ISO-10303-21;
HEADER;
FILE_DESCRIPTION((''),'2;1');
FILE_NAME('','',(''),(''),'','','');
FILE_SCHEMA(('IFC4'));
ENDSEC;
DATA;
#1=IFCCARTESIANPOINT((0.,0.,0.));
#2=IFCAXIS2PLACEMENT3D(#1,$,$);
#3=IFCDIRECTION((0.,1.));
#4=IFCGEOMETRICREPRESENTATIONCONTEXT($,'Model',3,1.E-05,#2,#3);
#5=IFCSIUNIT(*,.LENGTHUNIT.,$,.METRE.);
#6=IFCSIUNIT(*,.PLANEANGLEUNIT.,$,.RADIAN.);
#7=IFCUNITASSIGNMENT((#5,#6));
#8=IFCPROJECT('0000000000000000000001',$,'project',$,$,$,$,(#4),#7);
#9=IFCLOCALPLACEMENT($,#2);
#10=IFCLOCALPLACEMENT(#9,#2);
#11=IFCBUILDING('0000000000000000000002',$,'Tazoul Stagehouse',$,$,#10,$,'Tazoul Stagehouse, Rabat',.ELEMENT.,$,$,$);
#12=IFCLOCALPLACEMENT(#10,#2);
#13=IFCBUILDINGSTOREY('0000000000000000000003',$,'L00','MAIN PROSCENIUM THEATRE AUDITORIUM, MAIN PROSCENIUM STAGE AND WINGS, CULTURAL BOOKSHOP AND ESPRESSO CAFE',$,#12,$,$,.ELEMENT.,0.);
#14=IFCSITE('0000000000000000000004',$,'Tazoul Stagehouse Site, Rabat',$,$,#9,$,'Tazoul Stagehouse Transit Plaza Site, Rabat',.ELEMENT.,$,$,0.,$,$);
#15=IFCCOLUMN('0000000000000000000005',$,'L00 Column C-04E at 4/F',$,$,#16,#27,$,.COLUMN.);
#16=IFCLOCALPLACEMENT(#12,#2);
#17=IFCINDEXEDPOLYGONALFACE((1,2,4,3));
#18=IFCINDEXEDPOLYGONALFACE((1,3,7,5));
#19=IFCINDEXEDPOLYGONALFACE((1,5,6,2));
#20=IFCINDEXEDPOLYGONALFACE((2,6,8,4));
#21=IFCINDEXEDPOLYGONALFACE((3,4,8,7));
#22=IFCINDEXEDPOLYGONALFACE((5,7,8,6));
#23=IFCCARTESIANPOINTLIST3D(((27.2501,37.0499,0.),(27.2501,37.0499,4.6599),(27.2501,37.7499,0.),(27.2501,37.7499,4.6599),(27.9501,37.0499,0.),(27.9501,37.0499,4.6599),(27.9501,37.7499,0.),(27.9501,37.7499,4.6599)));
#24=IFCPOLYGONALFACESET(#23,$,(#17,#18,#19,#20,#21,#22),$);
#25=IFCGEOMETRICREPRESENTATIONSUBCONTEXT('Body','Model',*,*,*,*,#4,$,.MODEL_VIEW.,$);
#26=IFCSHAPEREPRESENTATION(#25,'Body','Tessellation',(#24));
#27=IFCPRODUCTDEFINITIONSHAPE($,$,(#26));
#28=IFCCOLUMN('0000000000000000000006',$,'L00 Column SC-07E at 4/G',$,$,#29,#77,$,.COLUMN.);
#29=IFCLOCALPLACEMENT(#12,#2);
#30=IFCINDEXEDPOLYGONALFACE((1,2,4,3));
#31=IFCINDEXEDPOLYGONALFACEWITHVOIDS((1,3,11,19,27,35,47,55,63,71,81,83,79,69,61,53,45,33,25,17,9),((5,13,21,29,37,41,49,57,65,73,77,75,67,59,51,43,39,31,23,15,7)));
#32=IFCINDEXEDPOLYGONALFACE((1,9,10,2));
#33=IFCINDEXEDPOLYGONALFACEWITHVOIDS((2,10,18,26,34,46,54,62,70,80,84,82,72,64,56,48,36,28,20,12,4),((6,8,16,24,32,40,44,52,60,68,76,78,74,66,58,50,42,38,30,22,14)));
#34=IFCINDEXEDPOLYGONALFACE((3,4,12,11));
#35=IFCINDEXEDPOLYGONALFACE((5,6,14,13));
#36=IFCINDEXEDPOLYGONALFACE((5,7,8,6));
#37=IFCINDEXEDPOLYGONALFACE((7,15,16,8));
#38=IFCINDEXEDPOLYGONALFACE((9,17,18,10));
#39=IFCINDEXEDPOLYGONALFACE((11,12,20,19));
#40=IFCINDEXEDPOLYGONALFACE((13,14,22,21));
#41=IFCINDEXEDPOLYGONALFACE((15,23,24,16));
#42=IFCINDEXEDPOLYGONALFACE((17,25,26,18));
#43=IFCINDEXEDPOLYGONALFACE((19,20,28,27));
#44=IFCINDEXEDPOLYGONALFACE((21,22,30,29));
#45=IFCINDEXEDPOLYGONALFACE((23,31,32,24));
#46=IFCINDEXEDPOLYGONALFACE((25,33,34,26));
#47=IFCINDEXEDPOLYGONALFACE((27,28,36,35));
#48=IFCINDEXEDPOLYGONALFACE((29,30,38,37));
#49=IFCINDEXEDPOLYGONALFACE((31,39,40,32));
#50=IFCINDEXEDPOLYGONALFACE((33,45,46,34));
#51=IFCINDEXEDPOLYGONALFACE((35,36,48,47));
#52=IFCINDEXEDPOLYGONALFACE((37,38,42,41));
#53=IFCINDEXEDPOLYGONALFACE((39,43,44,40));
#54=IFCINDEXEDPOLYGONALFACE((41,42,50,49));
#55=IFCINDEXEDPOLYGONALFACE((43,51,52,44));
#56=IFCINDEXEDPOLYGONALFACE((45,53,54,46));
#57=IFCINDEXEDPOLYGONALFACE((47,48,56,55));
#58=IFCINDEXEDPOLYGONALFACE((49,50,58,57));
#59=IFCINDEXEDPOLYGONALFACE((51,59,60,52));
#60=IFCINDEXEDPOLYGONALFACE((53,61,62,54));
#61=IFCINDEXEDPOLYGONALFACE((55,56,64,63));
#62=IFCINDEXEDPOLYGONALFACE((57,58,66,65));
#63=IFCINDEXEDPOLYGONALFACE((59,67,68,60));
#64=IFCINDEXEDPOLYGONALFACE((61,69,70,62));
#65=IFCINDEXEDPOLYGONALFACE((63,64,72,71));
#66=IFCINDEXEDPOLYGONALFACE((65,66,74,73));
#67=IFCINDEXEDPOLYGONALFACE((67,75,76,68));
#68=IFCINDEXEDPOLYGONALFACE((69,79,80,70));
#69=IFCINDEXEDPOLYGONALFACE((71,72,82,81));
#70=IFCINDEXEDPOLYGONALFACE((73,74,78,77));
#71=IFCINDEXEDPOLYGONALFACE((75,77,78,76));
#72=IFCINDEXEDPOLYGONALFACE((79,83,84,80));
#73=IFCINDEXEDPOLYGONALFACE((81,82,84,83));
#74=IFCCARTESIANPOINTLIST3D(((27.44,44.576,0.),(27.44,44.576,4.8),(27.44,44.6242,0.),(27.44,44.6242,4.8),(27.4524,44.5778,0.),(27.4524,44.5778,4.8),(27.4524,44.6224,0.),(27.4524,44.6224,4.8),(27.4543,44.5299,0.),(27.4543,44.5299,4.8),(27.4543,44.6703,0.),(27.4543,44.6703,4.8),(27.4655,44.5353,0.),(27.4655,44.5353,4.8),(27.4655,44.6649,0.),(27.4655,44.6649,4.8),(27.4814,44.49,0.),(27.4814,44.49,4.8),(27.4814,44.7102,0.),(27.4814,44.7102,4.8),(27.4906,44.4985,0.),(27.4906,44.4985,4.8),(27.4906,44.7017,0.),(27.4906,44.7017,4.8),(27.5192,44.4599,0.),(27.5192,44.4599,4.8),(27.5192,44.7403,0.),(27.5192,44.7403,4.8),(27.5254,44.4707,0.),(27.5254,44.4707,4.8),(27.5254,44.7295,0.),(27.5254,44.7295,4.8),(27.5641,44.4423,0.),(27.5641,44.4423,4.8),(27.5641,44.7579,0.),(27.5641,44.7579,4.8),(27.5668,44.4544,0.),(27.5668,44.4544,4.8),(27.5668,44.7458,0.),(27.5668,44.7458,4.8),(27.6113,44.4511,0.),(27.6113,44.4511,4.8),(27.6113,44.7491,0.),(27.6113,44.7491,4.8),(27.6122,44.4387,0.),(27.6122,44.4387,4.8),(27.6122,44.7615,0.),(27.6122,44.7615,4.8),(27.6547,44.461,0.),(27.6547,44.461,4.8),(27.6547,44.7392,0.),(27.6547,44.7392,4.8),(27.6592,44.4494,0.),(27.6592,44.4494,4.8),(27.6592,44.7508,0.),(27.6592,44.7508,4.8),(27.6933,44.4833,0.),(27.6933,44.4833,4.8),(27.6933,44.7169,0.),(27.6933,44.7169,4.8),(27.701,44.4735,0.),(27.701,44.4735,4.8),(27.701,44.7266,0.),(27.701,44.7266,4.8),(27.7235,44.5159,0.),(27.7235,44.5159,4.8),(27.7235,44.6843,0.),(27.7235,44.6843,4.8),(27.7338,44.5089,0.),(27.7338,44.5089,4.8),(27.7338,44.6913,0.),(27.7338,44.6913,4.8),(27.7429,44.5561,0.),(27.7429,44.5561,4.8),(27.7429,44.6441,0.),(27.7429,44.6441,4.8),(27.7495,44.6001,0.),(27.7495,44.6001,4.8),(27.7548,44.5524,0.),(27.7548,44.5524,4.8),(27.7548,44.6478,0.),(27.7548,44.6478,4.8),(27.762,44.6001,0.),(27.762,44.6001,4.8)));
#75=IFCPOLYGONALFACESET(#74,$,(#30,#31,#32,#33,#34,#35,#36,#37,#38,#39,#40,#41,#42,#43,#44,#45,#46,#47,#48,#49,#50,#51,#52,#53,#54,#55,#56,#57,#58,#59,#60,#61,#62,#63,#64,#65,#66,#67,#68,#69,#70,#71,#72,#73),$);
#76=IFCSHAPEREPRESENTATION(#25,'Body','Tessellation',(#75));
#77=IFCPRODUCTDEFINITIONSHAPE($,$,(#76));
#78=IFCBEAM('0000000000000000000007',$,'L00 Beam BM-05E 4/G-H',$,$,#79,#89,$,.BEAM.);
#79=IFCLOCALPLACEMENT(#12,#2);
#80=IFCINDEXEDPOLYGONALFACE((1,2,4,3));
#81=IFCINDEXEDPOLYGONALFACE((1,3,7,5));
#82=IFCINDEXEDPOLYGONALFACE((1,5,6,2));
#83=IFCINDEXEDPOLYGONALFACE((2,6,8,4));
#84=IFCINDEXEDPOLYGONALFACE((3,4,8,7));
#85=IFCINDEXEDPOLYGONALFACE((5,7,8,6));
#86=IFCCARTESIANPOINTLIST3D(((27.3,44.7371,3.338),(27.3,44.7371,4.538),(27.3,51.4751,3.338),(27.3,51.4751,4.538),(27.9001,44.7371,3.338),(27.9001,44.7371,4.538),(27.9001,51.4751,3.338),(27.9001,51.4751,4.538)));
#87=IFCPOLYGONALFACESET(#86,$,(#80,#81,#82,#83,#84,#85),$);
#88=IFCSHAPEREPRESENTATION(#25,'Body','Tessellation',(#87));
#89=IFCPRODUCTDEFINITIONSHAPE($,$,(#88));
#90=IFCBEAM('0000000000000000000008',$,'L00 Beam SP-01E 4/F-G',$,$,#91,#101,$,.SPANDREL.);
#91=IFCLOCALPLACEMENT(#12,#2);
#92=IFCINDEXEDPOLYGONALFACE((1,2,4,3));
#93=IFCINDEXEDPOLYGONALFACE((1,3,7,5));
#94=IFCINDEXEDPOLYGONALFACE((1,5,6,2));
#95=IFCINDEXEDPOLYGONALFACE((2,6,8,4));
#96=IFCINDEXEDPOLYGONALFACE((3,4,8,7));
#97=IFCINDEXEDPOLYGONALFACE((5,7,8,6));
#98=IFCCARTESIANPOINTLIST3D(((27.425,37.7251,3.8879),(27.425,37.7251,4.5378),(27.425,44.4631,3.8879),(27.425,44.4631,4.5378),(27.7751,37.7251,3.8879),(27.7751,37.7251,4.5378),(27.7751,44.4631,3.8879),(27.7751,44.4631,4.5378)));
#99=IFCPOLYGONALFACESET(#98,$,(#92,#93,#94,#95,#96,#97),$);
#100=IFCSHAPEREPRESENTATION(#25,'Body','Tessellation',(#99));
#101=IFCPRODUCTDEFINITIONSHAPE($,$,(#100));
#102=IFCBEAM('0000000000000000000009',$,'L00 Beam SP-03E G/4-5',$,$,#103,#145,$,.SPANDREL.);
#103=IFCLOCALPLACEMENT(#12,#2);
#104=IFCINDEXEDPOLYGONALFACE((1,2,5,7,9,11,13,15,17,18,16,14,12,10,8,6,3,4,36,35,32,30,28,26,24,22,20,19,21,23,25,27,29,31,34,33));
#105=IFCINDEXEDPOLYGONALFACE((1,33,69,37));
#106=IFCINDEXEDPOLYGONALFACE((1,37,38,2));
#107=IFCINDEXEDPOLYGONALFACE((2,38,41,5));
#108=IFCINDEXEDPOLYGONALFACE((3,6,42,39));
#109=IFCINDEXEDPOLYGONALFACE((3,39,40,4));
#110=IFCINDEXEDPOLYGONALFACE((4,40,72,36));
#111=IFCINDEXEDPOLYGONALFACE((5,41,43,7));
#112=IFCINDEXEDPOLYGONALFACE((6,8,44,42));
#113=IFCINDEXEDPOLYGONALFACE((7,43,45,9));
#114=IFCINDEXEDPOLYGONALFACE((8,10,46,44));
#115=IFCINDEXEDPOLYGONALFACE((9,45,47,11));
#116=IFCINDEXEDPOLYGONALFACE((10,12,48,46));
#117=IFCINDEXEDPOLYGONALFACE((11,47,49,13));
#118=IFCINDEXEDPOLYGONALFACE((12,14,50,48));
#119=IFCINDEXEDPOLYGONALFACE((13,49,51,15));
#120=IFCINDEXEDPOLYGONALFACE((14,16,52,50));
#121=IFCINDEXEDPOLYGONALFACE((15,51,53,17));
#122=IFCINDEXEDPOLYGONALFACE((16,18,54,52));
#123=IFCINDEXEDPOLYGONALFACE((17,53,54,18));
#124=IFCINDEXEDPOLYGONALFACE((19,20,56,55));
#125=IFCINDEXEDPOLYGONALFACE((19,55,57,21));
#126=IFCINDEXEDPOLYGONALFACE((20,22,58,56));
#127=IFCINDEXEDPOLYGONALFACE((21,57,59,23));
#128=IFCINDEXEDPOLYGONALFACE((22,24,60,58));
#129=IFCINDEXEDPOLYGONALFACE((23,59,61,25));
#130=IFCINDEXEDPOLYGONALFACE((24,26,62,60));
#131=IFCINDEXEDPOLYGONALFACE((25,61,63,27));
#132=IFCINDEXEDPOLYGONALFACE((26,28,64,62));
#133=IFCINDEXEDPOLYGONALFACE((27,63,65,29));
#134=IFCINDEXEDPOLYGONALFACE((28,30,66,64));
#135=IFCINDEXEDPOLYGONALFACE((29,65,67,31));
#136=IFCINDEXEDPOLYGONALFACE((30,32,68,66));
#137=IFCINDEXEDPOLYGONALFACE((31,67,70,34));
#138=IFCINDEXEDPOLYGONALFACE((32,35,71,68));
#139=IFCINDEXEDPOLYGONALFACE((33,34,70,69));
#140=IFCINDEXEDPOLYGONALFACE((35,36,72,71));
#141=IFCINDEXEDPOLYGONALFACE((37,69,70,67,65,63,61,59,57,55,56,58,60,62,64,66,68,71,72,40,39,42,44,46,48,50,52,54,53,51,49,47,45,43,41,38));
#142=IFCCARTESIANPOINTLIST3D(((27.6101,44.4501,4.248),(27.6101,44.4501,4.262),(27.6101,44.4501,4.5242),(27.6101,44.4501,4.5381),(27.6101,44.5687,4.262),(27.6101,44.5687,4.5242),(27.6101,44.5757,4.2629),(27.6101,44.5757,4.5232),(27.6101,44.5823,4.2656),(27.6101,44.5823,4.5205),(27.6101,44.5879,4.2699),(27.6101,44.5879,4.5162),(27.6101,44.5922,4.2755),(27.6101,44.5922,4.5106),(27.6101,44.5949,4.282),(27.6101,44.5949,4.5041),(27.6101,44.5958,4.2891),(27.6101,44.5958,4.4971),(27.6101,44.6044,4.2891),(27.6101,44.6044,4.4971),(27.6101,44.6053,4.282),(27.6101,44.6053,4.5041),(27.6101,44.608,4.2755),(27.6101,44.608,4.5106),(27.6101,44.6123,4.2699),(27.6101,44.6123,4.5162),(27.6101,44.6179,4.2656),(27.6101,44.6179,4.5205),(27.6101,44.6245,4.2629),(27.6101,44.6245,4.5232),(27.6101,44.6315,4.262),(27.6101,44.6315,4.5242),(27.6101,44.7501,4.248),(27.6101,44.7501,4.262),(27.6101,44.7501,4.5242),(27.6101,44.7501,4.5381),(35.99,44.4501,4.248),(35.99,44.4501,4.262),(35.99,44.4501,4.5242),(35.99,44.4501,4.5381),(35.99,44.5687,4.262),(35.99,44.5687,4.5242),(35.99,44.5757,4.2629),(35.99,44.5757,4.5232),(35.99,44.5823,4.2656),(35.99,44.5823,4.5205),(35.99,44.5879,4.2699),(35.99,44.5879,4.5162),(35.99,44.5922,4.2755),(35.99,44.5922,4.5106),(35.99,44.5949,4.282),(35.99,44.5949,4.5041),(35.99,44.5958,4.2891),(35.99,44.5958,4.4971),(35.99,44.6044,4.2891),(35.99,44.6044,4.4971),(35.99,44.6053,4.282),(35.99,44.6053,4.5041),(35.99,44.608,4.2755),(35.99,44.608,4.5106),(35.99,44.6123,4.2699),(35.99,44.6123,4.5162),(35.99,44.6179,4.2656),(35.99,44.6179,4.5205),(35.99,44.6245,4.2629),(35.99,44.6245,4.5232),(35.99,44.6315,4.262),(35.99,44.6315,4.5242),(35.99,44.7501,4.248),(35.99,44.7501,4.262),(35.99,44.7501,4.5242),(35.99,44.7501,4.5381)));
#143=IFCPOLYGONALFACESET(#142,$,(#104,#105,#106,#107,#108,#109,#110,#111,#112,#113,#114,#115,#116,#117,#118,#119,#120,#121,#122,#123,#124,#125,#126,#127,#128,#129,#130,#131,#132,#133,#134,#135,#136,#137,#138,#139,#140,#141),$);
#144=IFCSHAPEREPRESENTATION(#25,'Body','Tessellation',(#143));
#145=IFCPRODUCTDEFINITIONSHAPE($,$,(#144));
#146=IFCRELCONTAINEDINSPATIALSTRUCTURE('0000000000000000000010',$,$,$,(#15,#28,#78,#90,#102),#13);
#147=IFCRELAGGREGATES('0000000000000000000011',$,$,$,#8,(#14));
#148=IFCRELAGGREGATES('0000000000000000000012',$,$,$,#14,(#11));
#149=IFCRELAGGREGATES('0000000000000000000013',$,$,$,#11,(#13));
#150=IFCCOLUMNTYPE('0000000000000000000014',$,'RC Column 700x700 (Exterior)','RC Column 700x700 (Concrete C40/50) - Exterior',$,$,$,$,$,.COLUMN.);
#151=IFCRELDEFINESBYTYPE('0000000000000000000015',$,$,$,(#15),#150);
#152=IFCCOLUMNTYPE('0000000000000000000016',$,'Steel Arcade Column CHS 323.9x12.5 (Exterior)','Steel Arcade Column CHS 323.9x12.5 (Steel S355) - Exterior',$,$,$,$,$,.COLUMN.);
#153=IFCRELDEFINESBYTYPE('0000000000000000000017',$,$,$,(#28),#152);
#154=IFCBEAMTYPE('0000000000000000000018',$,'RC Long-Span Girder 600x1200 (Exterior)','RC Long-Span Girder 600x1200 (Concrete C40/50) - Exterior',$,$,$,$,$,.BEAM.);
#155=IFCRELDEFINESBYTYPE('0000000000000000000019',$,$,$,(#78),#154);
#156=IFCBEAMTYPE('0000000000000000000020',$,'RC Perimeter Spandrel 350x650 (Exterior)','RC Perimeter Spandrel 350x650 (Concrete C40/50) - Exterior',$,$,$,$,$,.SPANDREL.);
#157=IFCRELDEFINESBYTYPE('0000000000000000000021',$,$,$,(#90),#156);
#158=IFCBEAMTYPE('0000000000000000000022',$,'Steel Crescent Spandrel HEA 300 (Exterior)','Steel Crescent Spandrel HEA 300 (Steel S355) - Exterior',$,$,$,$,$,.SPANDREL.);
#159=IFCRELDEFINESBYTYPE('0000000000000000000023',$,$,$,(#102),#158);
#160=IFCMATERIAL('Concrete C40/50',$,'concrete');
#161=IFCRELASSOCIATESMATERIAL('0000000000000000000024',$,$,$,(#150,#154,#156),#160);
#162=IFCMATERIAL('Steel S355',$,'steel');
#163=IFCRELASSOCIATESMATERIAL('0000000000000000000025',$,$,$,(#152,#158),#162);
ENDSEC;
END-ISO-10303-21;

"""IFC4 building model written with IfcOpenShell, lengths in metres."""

from ifc_helpers import new_model, si_unit, direction, frame, origin, origin_2d, place, context, subcontext, project, spatial, rectangle, hollow_circle, i_section, extrude, material, material_profile, profile_set, type_object, element, save


model = new_model("IFC4")

# Units and contexts
model_context = context("Model", 3, precision=1e-05, world=origin(), true_north=direction((0.0, 1.0)))
body_context = subcontext(model_context, "Body", "Model", "MODEL_VIEW")
ifc_project = project(units=[si_unit("LENGTHUNIT", "METRE"), si_unit("PLANEANGLEUNIT", "RADIAN")], contexts=[model_context])

# Site, building, storey
site_placement = place(None, origin())
site = spatial("IfcSite", under=ifc_project, at=site_placement, Name="Tazoul Stagehouse Site, Rabat", LongName="Tazoul Stagehouse Transit Plaza Site, Rabat", CompositionType="ELEMENT", RefElevation=0.0)
building_placement = place(site_placement, origin())
building = spatial("IfcBuilding", under=site, at=building_placement, Name="Tazoul Stagehouse", LongName="Tazoul Stagehouse, Rabat", CompositionType="ELEMENT")
storey_placement = place(building_placement, origin())
storey = spatial("IfcBuildingStorey", under=building, at=storey_placement, Name="L00", Description="MAIN PROSCENIUM THEATRE AUDITORIUM, MAIN PROSCENIUM STAGE AND WINGS, CULTURAL BOOKSHOP AND ESPRESSO CAFE", CompositionType="ELEMENT", Elevation=0.0)

# Columns
ifc_material_1 = material(Name="Concrete C40/50", Category="concrete")
ifc_material_profile_1 = material_profile(ifc_material_1, rectangle(XDim=0.7, YDim=0.7, at=origin_2d()), Name="RC 700x700")
ifc_profile_set_1 = profile_set([ifc_material_profile_1], Name="Concrete C40/50")
column_type_1 = type_object("IfcColumnType", Name="RC Column 700x700 (Exterior)", Description="RC Column 700x700 (Concrete C40/50) - Exterior", PredefinedType="COLUMN", material=ifc_profile_set_1)
column_1_placement = place(storey_placement, frame((27.6001, 37.3999, 0.0), z_axis=(0.0, 0.0, 1.0), x_axis=(1.0, 0.0, 0.0)))
element("IfcColumn", 1, at=column_1_placement, inside=storey, type_object=column_type_1, Name="L00 Column C-04E at 4/F", PredefinedType="COLUMN", context=body_context, shape_type="SweptSolid", body=[
    extrude(rectangle(XDim=0.7, YDim=0.7, at=origin_2d()), origin(), (0.0, 0.0, 1.0), 4.6599),
])
ifc_material_2 = material(Name="Steel S355", Category="steel")
ifc_material_profile_2 = material_profile(ifc_material_2, hollow_circle(Radius=0.1619, WallThickness=0.0125, at=origin_2d()), Name="CHS 323.9x12.5")
ifc_profile_set_2 = profile_set([ifc_material_profile_2], Name="Steel S355")
column_type_2 = type_object("IfcColumnType", Name="Steel Arcade Column CHS 323.9x12.5 (Exterior)", Description="Steel Arcade Column CHS 323.9x12.5 (Steel S355) - Exterior", PredefinedType="COLUMN", material=ifc_profile_set_2)
column_2_placement = place(storey_placement, frame((27.6001, 44.6001, 0.0), z_axis=(0.0, 0.0, 1.0), x_axis=(1.0, 0.0, 0.0)))
element("IfcColumn", 2, at=column_2_placement, inside=storey, type_object=column_type_2, Name="L00 Column SC-07E at 4/G", PredefinedType="COLUMN", context=body_context, shape_type="SweptSolid", body=[
    extrude(hollow_circle(Radius=0.1619, WallThickness=0.0125, at=origin_2d()), origin(), (0.0, 0.0, 1.0), 4.8),
])

# Beams
ifc_material_profile_3 = material_profile(ifc_material_1, rectangle(XDim=0.6001, YDim=1.2, at=origin_2d()), Name="RC 600x1200")
ifc_profile_set_3 = profile_set([ifc_material_profile_3], Name="Concrete C40/50")
beam_type_1 = type_object("IfcBeamType", Name="RC Long-Span Girder 600x1200 (Exterior)", Description="RC Long-Span Girder 600x1200 (Concrete C40/50) - Exterior", PredefinedType="BEAM", material=ifc_profile_set_3)
beam_1_placement = place(storey_placement, frame((27.6001, 44.7371, 3.938), z_axis=(0.0, 1.0, 0.0), x_axis=(-1.0, 0.0, 0.0)))
element("IfcBeam", 3, at=beam_1_placement, inside=storey, type_object=beam_type_1, Name="L00 Beam BM-05E 4/G-H", PredefinedType="BEAM", context=body_context, shape_type="SweptSolid", body=[
    extrude(rectangle(XDim=0.6001, YDim=1.2, at=origin_2d()), origin(), (0.0, 0.0, 1.0), 6.738),
])
ifc_material_profile_4 = material_profile(ifc_material_1, rectangle(XDim=0.3501, YDim=0.6499, at=origin_2d()), Name="RC 350x650")
ifc_profile_set_4 = profile_set([ifc_material_profile_4], Name="Concrete C40/50")
beam_type_2 = type_object("IfcBeamType", Name="RC Perimeter Spandrel 350x650 (Exterior)", Description="RC Perimeter Spandrel 350x650 (Concrete C40/50) - Exterior", PredefinedType="SPANDREL", material=ifc_profile_set_4)
beam_2_placement = place(storey_placement, frame((27.6001, 37.7251, 4.2129), z_axis=(0.0, 1.0, 0.0), x_axis=(-1.0, 0.0, 0.0)))
element("IfcBeam", 4, at=beam_2_placement, inside=storey, type_object=beam_type_2, Name="L00 Beam SP-01E 4/F-G", PredefinedType="SPANDREL", context=body_context, shape_type="SweptSolid", body=[
    extrude(rectangle(XDim=0.3501, YDim=0.6499, at=origin_2d()), origin(), (0.0, 0.0, 1.0), 6.738),
])
ifc_material_profile_5 = material_profile(ifc_material_2, i_section(OverallWidth=0.3, OverallDepth=0.29, WebThickness=0.0085, FlangeThickness=0.0139, FilletRadius=0.0271, at=origin_2d()), Name="HEA 300")
ifc_profile_set_5 = profile_set([ifc_material_profile_5], Name="Steel S355")
beam_type_3 = type_object("IfcBeamType", Name="Steel Crescent Spandrel HEA 300 (Exterior)", Description="Steel Crescent Spandrel HEA 300 (Steel S355) - Exterior", PredefinedType="SPANDREL", material=ifc_profile_set_5)
beam_3_placement = place(storey_placement, frame((27.6101, 44.6001, 4.3931), z_axis=(1.0, 0.0, 0.0), x_axis=(0.0, 1.0, 0.0)))
element("IfcBeam", 5, at=beam_3_placement, inside=storey, type_object=beam_type_3, Name="L00 Beam SP-03E G/4-5", PredefinedType="SPANDREL", context=body_context, shape_type="SweptSolid", body=[
    extrude(i_section(OverallWidth=0.3, OverallDepth=0.29, WebThickness=0.0085, FlangeThickness=0.0139, FilletRadius=0.0271, at=origin_2d()), origin(), (0.0, 0.0, 1.0), 8.3799),
])

save(model, "model.ifc")
